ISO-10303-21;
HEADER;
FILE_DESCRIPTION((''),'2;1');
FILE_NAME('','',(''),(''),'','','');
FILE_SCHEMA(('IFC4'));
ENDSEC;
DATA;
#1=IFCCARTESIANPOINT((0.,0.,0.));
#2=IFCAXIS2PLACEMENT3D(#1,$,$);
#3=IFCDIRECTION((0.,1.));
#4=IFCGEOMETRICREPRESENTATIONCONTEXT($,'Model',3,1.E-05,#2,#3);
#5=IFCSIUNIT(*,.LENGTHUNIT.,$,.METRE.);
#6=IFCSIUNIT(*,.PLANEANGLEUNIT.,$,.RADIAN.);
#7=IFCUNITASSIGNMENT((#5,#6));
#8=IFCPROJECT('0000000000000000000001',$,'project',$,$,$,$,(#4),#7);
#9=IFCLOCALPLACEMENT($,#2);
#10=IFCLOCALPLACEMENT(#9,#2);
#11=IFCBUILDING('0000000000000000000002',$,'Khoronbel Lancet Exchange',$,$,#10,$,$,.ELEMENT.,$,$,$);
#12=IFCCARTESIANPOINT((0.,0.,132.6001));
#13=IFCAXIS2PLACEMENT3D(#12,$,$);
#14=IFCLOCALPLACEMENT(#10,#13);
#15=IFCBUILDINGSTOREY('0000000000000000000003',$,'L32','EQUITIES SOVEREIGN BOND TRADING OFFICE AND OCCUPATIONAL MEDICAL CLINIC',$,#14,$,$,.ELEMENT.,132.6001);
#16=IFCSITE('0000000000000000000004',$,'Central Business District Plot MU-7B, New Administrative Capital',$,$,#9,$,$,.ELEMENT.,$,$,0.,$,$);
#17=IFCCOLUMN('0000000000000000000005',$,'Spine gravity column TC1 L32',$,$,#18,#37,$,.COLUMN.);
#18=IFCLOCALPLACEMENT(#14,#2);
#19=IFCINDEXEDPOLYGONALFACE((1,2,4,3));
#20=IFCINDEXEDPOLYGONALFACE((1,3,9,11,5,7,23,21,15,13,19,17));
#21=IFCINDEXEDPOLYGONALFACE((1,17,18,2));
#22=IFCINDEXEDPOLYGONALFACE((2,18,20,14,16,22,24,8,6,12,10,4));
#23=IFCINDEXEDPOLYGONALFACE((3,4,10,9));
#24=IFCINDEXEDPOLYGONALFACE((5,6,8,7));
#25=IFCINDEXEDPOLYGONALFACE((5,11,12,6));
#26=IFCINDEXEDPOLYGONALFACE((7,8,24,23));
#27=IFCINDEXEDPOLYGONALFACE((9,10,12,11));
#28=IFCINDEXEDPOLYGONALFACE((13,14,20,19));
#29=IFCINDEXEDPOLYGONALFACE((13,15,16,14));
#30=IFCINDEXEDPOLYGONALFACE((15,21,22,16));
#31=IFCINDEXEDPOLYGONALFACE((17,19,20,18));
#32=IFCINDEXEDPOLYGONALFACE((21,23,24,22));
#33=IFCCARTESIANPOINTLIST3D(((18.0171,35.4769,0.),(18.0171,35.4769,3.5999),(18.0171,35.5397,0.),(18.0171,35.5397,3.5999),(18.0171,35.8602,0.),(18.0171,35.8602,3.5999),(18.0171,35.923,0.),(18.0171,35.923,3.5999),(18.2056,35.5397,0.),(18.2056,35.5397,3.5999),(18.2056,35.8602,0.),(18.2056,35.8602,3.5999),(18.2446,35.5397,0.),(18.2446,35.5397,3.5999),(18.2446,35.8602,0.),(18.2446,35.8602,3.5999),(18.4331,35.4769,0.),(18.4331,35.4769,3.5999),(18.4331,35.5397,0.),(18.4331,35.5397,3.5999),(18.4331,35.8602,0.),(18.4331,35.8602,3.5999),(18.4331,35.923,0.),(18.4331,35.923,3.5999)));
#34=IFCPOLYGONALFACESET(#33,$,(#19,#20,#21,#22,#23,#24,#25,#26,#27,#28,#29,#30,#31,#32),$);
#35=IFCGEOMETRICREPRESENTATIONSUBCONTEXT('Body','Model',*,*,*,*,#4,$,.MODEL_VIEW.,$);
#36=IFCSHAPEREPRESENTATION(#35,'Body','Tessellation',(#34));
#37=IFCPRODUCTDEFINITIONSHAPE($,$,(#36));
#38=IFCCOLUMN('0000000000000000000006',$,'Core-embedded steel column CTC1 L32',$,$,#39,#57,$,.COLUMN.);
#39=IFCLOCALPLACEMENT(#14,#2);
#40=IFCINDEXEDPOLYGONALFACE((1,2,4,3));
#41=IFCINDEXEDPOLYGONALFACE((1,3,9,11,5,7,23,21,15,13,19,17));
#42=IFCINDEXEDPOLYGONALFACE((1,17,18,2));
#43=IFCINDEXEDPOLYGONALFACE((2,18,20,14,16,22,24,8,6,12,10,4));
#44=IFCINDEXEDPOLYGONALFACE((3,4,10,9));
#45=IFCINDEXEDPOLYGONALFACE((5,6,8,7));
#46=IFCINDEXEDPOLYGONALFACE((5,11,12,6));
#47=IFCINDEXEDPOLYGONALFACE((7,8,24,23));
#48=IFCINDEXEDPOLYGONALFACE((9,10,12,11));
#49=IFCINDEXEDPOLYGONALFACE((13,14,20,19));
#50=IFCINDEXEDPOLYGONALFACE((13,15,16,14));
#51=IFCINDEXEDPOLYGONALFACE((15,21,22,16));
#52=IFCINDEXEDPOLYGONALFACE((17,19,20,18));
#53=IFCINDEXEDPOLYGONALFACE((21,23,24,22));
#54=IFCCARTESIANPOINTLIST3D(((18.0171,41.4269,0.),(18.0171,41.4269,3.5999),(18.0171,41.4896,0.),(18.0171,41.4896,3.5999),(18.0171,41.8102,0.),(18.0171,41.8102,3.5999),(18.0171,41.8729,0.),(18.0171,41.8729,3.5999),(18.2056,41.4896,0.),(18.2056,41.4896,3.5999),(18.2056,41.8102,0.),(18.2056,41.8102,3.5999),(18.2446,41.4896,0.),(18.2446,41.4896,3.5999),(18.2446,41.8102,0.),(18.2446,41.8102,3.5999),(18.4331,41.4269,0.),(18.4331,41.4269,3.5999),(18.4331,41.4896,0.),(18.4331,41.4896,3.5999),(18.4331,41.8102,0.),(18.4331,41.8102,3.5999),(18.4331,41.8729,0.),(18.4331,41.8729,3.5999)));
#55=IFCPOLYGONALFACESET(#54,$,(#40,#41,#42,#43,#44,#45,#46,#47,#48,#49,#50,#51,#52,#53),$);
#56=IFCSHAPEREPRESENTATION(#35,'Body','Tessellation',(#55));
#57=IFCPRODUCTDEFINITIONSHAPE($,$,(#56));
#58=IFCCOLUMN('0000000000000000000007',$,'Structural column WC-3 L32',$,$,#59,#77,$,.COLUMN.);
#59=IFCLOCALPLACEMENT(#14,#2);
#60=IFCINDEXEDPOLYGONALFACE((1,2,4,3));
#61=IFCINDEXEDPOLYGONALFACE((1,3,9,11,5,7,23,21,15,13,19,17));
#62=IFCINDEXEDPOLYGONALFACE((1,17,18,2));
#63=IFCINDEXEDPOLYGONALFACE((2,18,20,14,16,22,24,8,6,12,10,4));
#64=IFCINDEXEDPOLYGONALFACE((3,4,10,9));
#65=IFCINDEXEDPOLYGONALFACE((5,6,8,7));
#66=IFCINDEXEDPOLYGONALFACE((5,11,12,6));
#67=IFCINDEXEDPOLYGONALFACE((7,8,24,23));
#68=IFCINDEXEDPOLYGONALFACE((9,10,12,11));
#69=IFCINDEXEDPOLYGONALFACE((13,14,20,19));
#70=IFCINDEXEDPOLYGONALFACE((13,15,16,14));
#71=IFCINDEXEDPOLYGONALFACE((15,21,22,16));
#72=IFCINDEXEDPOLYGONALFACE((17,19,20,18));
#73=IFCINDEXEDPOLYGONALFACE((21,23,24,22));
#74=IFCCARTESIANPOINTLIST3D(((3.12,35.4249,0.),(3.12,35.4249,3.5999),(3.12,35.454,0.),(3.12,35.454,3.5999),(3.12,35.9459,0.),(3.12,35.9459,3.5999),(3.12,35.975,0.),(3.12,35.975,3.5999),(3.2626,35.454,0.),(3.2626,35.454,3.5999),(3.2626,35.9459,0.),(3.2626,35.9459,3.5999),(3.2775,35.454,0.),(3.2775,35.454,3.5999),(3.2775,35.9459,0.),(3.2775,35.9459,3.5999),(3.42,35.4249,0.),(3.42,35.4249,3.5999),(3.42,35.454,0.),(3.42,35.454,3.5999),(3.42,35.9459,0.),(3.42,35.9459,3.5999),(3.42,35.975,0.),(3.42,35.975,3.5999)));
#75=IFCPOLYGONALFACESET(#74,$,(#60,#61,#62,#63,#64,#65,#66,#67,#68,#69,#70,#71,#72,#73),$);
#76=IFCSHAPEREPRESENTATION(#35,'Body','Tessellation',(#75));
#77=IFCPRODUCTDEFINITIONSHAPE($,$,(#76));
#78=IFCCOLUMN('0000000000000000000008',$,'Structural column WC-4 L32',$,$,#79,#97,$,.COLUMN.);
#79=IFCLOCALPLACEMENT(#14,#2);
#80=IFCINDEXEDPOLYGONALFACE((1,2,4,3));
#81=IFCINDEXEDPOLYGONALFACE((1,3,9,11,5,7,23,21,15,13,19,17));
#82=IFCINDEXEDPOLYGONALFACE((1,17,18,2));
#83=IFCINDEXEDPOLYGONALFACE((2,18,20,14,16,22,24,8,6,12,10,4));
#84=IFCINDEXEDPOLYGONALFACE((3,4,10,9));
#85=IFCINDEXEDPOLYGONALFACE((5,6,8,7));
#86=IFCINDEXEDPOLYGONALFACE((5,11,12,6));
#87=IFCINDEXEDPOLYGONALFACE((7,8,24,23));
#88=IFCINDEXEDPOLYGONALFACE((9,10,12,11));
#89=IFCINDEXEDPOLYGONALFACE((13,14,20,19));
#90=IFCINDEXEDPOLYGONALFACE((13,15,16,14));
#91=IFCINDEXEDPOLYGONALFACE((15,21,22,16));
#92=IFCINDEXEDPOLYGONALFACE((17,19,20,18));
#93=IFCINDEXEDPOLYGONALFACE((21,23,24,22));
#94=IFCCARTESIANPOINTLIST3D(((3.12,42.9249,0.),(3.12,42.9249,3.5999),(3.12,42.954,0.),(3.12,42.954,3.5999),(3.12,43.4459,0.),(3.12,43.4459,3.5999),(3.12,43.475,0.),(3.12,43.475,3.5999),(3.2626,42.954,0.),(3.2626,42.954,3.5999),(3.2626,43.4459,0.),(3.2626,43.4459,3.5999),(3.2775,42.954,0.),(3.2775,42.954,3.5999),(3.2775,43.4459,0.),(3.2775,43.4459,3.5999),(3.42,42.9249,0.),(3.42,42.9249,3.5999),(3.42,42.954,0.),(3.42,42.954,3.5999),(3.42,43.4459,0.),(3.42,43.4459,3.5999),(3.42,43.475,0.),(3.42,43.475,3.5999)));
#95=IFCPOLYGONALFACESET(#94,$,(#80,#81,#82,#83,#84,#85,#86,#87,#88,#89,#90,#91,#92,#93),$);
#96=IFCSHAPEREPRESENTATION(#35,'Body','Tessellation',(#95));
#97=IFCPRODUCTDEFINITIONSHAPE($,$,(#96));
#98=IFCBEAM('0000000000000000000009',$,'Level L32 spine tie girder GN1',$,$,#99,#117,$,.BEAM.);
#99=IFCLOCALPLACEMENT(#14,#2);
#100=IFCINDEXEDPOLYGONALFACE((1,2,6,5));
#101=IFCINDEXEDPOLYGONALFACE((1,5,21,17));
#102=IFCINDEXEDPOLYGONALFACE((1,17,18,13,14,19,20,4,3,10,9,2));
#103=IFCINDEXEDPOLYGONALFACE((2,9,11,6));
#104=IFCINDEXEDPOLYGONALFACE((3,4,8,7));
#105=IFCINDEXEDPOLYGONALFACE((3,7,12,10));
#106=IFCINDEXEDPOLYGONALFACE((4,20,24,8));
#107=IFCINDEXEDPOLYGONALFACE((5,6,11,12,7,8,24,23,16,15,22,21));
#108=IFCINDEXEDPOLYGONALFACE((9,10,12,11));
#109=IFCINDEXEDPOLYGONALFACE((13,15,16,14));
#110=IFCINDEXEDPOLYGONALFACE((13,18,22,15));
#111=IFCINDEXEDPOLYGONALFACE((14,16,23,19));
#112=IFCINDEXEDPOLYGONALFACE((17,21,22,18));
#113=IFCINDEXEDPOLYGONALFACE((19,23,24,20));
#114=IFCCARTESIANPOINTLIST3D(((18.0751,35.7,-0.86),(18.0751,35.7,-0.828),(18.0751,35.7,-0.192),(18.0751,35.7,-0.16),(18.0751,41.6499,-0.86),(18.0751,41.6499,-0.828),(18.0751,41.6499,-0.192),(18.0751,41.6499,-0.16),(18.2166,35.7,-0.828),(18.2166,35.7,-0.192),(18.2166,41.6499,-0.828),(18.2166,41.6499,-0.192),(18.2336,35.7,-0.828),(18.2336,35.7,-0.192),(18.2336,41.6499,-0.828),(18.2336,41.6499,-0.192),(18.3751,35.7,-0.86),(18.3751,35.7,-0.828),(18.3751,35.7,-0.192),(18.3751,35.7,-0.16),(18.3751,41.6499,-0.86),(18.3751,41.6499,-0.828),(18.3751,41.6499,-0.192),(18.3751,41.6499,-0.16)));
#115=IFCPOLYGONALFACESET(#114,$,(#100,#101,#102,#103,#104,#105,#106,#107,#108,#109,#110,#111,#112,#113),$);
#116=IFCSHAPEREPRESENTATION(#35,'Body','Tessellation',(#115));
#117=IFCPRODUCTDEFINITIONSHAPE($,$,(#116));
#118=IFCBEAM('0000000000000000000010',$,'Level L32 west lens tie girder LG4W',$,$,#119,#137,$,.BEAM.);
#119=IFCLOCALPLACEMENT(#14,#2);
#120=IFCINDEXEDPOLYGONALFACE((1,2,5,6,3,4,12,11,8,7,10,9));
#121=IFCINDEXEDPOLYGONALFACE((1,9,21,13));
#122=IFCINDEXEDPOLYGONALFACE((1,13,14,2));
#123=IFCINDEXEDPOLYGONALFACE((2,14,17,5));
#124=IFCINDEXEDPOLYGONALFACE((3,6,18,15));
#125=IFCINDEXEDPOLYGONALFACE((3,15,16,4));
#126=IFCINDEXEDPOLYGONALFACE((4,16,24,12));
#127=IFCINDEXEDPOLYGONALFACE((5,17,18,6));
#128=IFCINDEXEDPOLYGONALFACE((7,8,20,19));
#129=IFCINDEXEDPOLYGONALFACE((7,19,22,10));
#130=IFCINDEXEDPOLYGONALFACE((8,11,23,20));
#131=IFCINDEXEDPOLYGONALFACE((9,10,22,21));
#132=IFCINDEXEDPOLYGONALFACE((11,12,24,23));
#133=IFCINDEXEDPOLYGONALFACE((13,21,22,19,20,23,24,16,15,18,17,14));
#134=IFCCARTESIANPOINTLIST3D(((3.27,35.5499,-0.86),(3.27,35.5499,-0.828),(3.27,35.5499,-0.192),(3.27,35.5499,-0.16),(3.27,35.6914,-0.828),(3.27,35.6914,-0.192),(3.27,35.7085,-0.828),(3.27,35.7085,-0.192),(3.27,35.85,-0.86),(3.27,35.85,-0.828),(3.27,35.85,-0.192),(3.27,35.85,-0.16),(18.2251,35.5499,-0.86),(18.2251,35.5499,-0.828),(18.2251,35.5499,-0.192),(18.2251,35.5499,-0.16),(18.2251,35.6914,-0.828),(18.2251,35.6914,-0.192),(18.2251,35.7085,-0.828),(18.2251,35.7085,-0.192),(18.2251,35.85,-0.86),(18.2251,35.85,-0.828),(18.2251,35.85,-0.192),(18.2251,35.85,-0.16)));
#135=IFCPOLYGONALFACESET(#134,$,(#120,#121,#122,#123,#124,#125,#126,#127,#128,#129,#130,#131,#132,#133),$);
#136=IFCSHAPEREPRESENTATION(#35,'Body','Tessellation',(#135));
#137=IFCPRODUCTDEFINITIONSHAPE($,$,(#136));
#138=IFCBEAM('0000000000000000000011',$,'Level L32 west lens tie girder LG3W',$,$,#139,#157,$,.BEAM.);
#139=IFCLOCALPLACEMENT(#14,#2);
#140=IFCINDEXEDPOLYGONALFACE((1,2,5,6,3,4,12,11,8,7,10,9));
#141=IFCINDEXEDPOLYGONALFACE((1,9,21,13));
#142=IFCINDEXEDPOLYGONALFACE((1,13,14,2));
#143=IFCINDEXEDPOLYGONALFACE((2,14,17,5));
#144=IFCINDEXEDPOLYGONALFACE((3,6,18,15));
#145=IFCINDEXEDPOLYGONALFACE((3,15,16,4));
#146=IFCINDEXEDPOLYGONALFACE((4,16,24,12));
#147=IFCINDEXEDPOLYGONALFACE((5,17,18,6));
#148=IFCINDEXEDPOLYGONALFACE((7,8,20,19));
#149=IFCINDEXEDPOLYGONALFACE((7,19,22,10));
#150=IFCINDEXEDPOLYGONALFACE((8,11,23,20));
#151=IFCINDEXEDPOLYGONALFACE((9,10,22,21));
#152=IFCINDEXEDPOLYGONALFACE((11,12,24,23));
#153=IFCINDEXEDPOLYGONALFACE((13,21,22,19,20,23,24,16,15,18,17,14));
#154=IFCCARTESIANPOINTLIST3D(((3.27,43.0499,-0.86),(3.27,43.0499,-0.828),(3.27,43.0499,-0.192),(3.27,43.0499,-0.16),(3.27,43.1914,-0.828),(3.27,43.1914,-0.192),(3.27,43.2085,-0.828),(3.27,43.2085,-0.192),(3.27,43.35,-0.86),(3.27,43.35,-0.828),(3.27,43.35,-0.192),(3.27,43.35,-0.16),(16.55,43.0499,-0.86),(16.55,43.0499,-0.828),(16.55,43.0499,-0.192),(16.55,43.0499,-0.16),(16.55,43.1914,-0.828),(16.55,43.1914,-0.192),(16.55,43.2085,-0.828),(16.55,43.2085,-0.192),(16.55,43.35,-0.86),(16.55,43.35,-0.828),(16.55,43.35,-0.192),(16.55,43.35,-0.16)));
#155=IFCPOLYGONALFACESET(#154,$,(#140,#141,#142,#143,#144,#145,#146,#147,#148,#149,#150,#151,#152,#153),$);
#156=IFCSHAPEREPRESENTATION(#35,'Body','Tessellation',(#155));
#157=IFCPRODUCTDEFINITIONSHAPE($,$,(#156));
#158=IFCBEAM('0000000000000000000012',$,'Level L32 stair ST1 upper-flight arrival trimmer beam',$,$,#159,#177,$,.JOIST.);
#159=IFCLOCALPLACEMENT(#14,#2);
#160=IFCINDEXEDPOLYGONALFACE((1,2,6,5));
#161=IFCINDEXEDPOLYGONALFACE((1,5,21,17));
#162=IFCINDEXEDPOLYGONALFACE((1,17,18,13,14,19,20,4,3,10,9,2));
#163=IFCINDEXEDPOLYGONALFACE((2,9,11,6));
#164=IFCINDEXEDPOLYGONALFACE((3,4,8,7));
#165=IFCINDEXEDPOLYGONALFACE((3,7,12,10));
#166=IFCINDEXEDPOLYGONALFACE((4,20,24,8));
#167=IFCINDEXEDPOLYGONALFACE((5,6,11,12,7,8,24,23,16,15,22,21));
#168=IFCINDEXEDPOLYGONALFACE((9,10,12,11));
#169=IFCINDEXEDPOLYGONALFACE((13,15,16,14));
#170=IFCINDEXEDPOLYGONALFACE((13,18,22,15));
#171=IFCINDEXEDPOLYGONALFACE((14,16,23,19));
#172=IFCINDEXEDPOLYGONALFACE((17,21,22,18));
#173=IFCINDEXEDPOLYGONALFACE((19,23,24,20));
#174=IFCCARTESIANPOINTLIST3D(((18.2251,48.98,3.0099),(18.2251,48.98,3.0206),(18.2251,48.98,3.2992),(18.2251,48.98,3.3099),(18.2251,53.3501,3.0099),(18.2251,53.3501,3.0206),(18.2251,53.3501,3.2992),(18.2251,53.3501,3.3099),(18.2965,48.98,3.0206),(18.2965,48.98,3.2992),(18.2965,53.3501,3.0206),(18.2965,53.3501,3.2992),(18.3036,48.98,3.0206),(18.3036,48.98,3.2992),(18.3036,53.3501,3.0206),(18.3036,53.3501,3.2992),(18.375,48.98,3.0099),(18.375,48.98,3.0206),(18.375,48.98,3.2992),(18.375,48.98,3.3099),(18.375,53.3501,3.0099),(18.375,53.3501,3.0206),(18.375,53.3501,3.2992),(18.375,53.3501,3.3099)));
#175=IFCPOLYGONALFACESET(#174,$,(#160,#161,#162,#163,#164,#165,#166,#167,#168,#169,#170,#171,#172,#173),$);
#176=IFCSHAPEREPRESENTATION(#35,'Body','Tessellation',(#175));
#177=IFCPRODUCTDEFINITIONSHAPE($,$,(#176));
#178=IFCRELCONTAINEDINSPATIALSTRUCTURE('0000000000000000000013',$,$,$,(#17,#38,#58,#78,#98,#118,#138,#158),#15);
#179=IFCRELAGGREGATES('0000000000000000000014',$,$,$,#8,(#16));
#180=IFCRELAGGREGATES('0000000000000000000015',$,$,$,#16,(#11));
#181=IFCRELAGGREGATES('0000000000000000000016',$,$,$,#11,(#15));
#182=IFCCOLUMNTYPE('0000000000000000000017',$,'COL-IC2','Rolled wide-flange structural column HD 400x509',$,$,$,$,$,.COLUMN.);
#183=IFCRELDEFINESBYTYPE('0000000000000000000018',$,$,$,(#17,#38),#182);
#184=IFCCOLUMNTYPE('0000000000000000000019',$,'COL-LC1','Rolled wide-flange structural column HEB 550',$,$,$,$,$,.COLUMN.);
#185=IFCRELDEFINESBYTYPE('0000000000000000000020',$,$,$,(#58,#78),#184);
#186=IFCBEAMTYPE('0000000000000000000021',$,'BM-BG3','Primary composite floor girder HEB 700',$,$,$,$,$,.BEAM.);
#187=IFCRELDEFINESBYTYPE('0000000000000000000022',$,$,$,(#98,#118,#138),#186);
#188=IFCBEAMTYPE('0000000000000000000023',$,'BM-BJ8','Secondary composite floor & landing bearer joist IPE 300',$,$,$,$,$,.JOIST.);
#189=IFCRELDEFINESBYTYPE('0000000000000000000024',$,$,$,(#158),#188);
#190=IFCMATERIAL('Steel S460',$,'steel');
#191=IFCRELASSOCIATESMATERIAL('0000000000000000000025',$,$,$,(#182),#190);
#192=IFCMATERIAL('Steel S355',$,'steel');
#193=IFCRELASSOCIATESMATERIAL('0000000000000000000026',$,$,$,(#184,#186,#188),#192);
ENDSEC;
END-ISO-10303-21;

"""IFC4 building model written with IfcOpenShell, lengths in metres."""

from ifc_helpers import new_model, si_unit, direction, frame, origin, origin_2d, place, context, subcontext, project, spatial, i_section, extrude, material, material_profile, profile_set, type_object, element, save


model = new_model("IFC4")

# Units and contexts
model_context = context("Model", 3, precision=1e-05, world=origin(), true_north=direction((0.0, 1.0)))
body_context = subcontext(model_context, "Body", "Model", "MODEL_VIEW")
ifc_project = project(units=[si_unit("LENGTHUNIT", "METRE"), si_unit("PLANEANGLEUNIT", "RADIAN")], contexts=[model_context])

# Site, building, storey
site_placement = place(None, origin())
site = spatial("IfcSite", under=ifc_project, at=site_placement, Name="Central Business District Plot MU-7B, New Administrative Capital", CompositionType="ELEMENT", RefElevation=0.0)
building_placement = place(site_placement, origin())
building = spatial("IfcBuilding", under=site, at=building_placement, Name="Khoronbel Lancet Exchange", CompositionType="ELEMENT")
storey_placement = place(building_placement, frame((0.0, 0.0, 132.6001)))
storey = spatial("IfcBuildingStorey", under=building, at=storey_placement, Name="L32", Description="EQUITIES SOVEREIGN BOND TRADING OFFICE AND OCCUPATIONAL MEDICAL CLINIC", CompositionType="ELEMENT", Elevation=132.6001)

# Columns
ifc_material_1 = material(Name="Steel S460", Category="steel")
ifc_material_profile_1 = material_profile(ifc_material_1, i_section(OverallWidth=0.416, OverallDepth=0.446, WebThickness=0.0391, FlangeThickness=0.0627, at=origin_2d()), Name="HD 400x509")
ifc_profile_set_1 = profile_set([ifc_material_profile_1], Name="Steel S460")
column_type_1 = type_object("IfcColumnType", Name="COL-IC2", Description="Rolled wide-flange structural column HD 400x509", PredefinedType="COLUMN", material=ifc_profile_set_1)
for number, where, z_axis, x_axis, name in (
    (1, (18.2251, 35.7, 0.0), (0.0, 0.0, 1.0), (1.0, 0.0, 0.0), "Spine gravity column TC1 L32"),
    (2, (18.2251, 41.6499, 0.0), (0.0, 0.0, 1.0), (1.0, 0.0, 0.0), "Core-embedded steel column CTC1 L32"),
):
    element("IfcColumn", number, at=place(storey_placement, frame(where, z_axis=z_axis, x_axis=x_axis)), inside=storey, type_object=column_type_1, Name=name, PredefinedType="COLUMN", context=body_context, shape_type="SweptSolid", body=[
        extrude(i_section(OverallWidth=0.416, OverallDepth=0.446, WebThickness=0.0391, FlangeThickness=0.0627, at=origin_2d()), origin(), (0.0, 0.0, 1.0), 3.5999),
    ])
ifc_material_2 = material(Name="Steel S355", Category="steel")
ifc_material_profile_2 = material_profile(ifc_material_2, i_section(OverallWidth=0.3, OverallDepth=0.55, WebThickness=0.0149, FlangeThickness=0.0291, at=origin_2d()), Name="HEB 550")
ifc_profile_set_2 = profile_set([ifc_material_profile_2], Name="Steel S355")
column_type_2 = type_object("IfcColumnType", Name="COL-LC1", Description="Rolled wide-flange structural column HEB 550", PredefinedType="COLUMN", material=ifc_profile_set_2)
for number, where, z_axis, x_axis, name in (
    (3, (3.27, 35.7, 0.0), (0.0, 0.0, 1.0), (1.0, 0.0, 0.0), "Structural column WC-3 L32"),
    (4, (3.27, 43.2, 0.0), (0.0, 0.0, 1.0), (1.0, 0.0, 0.0), "Structural column WC-4 L32"),
):
    element("IfcColumn", number, at=place(storey_placement, frame(where, z_axis=z_axis, x_axis=x_axis)), inside=storey, type_object=column_type_2, Name=name, PredefinedType="COLUMN", context=body_context, shape_type="SweptSolid", body=[
        extrude(i_section(OverallWidth=0.3, OverallDepth=0.55, WebThickness=0.0149, FlangeThickness=0.0291, at=origin_2d()), origin(), (0.0, 0.0, 1.0), 3.5999),
    ])

# Beams
ifc_material_profile_3 = material_profile(ifc_material_2, i_section(OverallWidth=0.3, OverallDepth=0.7, WebThickness=0.0171, FlangeThickness=0.032, at=origin_2d()), Name="HEB 700")
ifc_profile_set_3 = profile_set([ifc_material_profile_3], Name="Steel S355")
beam_type_1 = type_object("IfcBeamType", Name="BM-BG3", Description="Primary composite floor girder HEB 700", PredefinedType="BEAM", material=ifc_profile_set_3)
beam_1_placement = place(storey_placement, frame((18.2251, 35.7, -0.51), z_axis=(0.0, 1.0, 0.0), x_axis=(-1.0, 0.0, 0.0)))
element("IfcBeam", 5, at=beam_1_placement, inside=storey, type_object=beam_type_1, Name="Level L32 spine tie girder GN1", PredefinedType="BEAM", context=body_context, shape_type="SweptSolid", body=[
    extrude(i_section(OverallWidth=0.3, OverallDepth=0.7, WebThickness=0.0171, FlangeThickness=0.032, at=origin_2d()), origin(), (0.0, 0.0, 1.0), 5.95),
])
beam_2_placement = place(storey_placement, frame((3.27, 35.7, -0.51), z_axis=(1.0, 0.0, 0.0), x_axis=(0.0, 1.0, 0.0)))
element("IfcBeam", 6, at=beam_2_placement, inside=storey, type_object=beam_type_1, Name="Level L32 west lens tie girder LG4W", PredefinedType="BEAM", context=body_context, shape_type="SweptSolid", body=[
    extrude(i_section(OverallWidth=0.3, OverallDepth=0.7, WebThickness=0.0171, FlangeThickness=0.032, at=origin_2d()), origin(), (0.0, 0.0, 1.0), 14.9551),
])
beam_3_placement = place(storey_placement, frame((3.27, 43.2, -0.51), z_axis=(1.0, 0.0, 0.0), x_axis=(0.0, 1.0, 0.0)))
element("IfcBeam", 7, at=beam_3_placement, inside=storey, type_object=beam_type_1, Name="Level L32 west lens tie girder LG3W", PredefinedType="BEAM", context=body_context, shape_type="SweptSolid", body=[
    extrude(i_section(OverallWidth=0.3, OverallDepth=0.7, WebThickness=0.0171, FlangeThickness=0.032, at=origin_2d()), origin(), (0.0, 0.0, 1.0), 13.28),
])
ifc_material_profile_4 = material_profile(ifc_material_2, i_section(OverallWidth=0.1499, OverallDepth=0.3, WebThickness=0.0071, FlangeThickness=0.0107, at=origin_2d()), Name="IPE 300")
ifc_profile_set_4 = profile_set([ifc_material_profile_4], Name="Steel S355")
beam_type_2 = type_object("IfcBeamType", Name="BM-BJ8", Description="Secondary composite floor & landing bearer joist IPE 300", PredefinedType="JOIST", material=ifc_profile_set_4)
beam_4_placement = place(storey_placement, frame((18.3, 48.98, 3.1599), z_axis=(0.0, 1.0, 0.0), x_axis=(-1.0, 0.0, 0.0)))
element("IfcBeam", 8, at=beam_4_placement, inside=storey, type_object=beam_type_2, Name="Level L32 stair ST1 upper-flight arrival trimmer beam", PredefinedType="JOIST", context=body_context, shape_type="SweptSolid", body=[
    extrude(i_section(OverallWidth=0.1499, OverallDepth=0.3, WebThickness=0.0071, FlangeThickness=0.0107, at=origin_2d()), origin(), (0.0, 0.0, 1.0), 4.3701),
])

save(model, "model.ifc")
